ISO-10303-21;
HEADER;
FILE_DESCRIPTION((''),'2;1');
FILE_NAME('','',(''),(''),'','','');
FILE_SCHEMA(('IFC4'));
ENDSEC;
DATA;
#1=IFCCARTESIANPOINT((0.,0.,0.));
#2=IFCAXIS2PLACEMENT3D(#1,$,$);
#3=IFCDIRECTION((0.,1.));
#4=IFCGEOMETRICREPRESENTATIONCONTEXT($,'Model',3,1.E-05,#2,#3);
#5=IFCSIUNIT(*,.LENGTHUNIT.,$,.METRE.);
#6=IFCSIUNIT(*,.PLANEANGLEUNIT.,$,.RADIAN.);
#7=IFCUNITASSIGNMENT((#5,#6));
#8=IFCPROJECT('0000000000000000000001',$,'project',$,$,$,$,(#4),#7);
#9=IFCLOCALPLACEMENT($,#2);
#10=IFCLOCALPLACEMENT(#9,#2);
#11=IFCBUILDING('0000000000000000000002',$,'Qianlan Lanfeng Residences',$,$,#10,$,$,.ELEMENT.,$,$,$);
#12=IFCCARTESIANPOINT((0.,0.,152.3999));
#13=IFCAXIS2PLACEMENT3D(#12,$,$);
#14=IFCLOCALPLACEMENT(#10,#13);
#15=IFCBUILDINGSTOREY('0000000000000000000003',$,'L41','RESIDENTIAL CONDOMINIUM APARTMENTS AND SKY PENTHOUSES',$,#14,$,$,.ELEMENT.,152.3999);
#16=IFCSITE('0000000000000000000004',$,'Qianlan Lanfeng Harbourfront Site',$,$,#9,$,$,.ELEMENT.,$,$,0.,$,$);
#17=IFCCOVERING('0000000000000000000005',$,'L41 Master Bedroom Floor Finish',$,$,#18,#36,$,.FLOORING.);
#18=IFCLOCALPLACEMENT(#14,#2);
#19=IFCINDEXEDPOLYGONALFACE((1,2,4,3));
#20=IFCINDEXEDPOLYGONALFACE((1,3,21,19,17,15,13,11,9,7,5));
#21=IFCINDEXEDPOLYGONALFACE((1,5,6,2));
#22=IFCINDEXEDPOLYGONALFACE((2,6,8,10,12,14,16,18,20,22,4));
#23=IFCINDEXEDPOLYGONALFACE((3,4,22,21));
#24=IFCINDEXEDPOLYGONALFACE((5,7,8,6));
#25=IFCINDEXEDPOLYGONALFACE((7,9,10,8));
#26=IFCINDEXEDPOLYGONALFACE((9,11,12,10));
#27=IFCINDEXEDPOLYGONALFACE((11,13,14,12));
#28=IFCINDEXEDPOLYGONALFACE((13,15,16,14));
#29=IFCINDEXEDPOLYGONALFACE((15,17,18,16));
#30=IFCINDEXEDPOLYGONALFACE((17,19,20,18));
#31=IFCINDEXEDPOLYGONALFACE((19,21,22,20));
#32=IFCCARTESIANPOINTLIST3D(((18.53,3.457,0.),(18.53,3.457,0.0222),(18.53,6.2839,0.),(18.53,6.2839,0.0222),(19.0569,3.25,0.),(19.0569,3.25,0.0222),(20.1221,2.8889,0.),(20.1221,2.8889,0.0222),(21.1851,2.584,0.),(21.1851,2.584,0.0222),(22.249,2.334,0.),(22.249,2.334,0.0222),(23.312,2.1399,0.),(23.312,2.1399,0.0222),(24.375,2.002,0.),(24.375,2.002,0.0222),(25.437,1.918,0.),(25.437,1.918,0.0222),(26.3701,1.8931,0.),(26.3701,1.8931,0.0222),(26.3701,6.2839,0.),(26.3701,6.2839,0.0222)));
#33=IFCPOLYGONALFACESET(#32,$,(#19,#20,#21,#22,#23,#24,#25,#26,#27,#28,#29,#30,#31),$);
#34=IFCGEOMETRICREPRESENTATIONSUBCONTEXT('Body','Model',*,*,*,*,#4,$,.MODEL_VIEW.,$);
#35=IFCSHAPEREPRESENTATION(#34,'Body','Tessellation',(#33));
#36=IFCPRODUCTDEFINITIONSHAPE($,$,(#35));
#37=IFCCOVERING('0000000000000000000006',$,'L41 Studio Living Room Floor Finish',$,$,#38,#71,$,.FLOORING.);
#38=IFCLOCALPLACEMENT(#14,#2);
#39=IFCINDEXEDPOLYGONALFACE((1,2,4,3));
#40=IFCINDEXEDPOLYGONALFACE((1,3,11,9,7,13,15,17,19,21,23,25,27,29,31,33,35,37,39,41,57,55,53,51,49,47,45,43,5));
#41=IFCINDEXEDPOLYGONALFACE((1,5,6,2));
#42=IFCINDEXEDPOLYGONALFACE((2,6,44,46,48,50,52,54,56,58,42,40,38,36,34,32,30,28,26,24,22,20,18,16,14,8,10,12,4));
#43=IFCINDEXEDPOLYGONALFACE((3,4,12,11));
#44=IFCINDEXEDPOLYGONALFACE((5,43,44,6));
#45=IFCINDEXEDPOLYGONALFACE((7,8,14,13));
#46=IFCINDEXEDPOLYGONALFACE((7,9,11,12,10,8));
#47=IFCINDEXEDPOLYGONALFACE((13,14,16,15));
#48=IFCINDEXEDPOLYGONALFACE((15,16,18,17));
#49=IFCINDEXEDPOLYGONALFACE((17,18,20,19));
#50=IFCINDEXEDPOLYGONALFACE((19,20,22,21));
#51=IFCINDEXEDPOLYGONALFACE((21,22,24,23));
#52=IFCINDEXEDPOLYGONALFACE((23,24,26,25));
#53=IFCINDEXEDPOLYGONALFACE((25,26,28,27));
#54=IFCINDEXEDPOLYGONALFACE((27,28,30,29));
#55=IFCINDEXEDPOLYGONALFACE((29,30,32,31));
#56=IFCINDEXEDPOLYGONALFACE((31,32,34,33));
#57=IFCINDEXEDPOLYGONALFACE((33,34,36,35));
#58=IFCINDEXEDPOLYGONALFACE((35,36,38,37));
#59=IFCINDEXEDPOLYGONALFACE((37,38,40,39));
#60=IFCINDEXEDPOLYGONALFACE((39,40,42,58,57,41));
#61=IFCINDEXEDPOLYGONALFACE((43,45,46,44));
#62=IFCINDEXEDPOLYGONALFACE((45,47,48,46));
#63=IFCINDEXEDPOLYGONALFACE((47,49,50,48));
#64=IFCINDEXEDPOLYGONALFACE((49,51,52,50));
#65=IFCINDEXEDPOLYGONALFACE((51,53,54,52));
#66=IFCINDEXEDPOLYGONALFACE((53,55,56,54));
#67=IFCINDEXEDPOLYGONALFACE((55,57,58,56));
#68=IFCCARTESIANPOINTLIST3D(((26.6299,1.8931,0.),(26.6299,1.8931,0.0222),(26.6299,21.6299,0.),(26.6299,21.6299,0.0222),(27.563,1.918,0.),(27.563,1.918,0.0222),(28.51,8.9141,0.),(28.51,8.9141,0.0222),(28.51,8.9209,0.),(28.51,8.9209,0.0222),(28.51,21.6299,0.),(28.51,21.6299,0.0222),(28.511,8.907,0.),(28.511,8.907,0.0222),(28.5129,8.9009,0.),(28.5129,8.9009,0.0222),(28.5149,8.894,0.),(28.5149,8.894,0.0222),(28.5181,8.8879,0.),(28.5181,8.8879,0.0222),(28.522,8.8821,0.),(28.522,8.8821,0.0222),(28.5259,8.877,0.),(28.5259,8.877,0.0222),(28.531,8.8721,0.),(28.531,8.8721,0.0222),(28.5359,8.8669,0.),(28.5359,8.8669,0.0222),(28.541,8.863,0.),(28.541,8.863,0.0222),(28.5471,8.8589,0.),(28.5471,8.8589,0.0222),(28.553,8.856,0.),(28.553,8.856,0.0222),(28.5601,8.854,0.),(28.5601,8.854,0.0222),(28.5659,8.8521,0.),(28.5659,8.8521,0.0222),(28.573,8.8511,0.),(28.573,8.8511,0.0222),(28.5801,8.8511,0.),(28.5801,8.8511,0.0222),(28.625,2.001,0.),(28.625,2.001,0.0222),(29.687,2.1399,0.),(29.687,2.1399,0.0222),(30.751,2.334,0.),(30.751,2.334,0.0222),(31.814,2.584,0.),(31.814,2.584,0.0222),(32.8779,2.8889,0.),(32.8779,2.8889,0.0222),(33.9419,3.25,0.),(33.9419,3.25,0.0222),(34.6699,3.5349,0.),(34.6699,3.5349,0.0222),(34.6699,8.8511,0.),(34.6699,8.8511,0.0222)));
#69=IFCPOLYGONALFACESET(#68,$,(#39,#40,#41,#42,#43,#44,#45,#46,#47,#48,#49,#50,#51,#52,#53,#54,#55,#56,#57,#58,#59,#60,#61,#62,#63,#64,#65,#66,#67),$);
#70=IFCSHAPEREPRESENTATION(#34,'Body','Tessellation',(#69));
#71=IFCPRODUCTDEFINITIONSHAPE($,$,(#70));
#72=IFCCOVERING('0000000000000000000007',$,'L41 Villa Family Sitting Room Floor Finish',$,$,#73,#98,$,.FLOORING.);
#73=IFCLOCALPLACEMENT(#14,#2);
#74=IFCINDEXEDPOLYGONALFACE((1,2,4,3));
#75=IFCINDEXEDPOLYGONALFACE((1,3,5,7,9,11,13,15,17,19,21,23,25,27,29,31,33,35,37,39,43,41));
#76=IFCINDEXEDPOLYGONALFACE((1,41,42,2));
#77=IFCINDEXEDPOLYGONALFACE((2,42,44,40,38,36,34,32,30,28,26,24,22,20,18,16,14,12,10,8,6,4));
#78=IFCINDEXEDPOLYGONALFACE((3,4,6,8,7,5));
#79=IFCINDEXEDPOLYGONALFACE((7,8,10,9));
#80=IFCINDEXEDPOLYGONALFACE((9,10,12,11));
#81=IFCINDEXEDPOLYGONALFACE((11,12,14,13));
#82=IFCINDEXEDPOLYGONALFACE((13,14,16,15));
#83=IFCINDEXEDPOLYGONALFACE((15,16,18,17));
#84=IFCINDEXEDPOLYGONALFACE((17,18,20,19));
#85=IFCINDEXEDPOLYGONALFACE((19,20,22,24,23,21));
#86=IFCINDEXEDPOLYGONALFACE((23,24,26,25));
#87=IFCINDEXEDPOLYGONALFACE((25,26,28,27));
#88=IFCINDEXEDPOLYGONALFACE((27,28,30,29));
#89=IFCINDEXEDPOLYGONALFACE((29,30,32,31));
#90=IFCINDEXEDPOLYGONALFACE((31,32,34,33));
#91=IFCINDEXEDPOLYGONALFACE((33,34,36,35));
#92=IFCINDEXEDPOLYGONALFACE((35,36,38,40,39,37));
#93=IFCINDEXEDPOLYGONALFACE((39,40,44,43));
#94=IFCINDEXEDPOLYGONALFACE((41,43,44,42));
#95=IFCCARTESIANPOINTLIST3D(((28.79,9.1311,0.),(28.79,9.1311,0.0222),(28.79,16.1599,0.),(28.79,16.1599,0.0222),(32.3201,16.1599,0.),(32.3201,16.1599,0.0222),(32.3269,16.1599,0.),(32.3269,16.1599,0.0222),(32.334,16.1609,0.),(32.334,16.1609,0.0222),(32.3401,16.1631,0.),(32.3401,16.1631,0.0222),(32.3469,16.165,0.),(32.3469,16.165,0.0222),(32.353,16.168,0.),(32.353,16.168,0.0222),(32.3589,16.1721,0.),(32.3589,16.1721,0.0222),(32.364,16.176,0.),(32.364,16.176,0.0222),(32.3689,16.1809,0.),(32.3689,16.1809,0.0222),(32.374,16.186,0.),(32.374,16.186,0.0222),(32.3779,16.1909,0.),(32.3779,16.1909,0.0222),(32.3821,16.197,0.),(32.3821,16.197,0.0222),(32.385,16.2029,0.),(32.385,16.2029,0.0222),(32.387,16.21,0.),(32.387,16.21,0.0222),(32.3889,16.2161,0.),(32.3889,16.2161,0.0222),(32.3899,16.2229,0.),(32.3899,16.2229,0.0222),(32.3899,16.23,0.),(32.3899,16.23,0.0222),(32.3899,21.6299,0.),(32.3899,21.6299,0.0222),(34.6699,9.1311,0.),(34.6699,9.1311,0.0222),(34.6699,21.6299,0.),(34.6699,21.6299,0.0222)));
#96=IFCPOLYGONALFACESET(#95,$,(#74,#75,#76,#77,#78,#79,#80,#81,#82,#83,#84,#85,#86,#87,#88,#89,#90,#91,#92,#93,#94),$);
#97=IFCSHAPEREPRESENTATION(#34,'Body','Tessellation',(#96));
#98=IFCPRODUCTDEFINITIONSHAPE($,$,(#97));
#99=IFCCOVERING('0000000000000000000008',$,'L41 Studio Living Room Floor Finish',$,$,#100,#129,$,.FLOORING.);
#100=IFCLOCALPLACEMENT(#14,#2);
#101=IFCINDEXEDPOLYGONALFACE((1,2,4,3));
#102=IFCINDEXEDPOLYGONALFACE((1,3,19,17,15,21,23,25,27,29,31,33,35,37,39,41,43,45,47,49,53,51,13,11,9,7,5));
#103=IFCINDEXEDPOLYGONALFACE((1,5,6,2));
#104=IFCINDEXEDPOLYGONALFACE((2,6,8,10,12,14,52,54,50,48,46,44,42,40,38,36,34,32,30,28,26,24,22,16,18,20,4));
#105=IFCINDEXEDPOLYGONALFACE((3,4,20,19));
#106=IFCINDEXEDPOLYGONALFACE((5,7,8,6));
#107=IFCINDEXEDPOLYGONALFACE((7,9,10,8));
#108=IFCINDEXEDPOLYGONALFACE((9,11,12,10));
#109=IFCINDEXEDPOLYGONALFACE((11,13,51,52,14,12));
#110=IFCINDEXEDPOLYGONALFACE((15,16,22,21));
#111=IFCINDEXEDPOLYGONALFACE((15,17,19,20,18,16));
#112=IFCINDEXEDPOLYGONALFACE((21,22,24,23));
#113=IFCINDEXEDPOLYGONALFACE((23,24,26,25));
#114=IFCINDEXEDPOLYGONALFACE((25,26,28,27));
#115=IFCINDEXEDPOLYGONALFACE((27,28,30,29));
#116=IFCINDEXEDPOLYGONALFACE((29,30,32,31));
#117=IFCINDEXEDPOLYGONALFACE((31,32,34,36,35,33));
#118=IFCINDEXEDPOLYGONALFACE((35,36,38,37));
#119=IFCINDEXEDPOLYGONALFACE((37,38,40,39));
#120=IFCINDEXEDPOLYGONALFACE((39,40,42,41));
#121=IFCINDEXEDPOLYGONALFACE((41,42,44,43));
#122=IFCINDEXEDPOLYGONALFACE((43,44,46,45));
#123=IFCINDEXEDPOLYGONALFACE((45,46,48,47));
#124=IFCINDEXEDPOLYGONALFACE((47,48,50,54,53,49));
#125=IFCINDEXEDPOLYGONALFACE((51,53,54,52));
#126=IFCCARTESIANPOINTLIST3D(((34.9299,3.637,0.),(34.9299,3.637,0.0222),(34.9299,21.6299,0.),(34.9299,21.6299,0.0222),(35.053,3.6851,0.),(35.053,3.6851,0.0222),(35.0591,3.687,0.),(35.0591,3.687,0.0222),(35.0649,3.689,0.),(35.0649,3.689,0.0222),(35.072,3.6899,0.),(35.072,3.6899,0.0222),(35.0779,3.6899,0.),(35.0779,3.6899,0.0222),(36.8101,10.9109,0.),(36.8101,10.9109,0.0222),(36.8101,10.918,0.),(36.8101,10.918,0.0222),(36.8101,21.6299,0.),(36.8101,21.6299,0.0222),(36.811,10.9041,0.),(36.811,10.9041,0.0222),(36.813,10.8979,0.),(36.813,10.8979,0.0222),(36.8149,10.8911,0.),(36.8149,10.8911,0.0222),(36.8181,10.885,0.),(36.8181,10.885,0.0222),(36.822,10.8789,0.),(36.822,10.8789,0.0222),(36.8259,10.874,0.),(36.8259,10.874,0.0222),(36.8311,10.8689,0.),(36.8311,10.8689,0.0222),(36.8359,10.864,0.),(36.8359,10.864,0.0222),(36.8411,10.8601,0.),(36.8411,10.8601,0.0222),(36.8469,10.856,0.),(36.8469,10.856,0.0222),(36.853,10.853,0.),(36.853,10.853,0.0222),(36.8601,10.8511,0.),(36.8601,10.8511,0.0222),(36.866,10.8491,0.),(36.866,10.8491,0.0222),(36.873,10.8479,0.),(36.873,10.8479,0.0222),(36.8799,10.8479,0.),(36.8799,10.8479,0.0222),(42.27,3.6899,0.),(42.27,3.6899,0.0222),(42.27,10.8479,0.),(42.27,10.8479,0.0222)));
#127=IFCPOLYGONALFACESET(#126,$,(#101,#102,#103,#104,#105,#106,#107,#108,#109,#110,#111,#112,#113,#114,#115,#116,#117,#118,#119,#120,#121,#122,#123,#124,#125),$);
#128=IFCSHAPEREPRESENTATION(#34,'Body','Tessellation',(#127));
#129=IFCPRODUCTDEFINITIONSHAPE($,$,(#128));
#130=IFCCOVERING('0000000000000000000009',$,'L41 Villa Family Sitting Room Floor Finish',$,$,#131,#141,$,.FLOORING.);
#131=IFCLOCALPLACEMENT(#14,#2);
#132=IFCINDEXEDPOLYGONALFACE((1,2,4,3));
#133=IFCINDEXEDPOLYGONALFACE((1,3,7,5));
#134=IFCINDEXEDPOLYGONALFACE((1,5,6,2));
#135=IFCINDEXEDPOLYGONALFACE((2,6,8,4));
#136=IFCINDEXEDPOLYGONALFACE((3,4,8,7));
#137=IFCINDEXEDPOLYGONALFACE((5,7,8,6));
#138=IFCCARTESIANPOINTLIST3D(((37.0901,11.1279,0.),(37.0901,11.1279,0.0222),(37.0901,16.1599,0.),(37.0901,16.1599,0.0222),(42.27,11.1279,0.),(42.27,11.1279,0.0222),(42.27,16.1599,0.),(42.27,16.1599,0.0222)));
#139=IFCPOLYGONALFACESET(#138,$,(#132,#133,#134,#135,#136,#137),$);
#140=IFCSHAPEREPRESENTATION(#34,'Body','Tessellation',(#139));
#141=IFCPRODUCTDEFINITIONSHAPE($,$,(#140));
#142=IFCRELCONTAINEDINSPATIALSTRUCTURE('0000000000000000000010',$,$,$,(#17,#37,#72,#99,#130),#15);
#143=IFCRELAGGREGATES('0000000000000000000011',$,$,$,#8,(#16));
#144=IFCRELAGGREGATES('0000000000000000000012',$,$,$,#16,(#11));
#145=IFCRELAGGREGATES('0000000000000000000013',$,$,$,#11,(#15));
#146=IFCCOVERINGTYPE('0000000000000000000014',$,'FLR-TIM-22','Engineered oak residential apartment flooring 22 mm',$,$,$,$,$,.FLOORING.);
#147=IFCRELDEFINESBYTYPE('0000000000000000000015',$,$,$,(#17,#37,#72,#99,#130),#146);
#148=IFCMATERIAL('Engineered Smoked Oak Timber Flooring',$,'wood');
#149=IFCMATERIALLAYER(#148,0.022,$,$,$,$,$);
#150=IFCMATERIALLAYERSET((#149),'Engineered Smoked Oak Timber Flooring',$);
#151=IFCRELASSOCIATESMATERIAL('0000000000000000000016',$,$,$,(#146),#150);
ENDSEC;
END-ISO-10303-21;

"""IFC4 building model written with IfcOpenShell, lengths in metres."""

from ifc_helpers import new_model, si_unit, direction, frame, origin, place, context, subcontext, project, spatial, polyline, outline, extrude, material, layer, layer_set, type_object, element, save


model = new_model("IFC4")

# Units and contexts
model_context = context("Model", 3, precision=1e-05, world=origin(), true_north=direction((0.0, 1.0)))
body_context = subcontext(model_context, "Body", "Model", "MODEL_VIEW")
ifc_project = project(units=[si_unit("LENGTHUNIT", "METRE"), si_unit("PLANEANGLEUNIT", "RADIAN")], contexts=[model_context])

# Site, building, storey
site_placement = place(None, origin())
site = spatial("IfcSite", under=ifc_project, at=site_placement, Name="Qianlan Lanfeng Harbourfront Site", CompositionType="ELEMENT", RefElevation=0.0)
building_placement = place(site_placement, origin())
building = spatial("IfcBuilding", under=site, at=building_placement, Name="Qianlan Lanfeng Residences", CompositionType="ELEMENT")
storey_placement = place(building_placement, frame((0.0, 0.0, 152.3999)))
storey = spatial("IfcBuildingStorey", under=building, at=storey_placement, Name="L41", Description="RESIDENTIAL CONDOMINIUM APARTMENTS AND SKY PENTHOUSES", CompositionType="ELEMENT", Elevation=152.3999)

# Coverings
ifc_material_1 = material(Name="Engineered Smoked Oak Timber Flooring", Category="wood")
ifc_layer_1 = layer(ifc_material_1, 0.022)
ifc_layer_set_1 = layer_set([ifc_layer_1], Name="Engineered Smoked Oak Timber Flooring")
covering_type_1 = type_object("IfcCoveringType", Name="FLR-TIM-22", Description="Engineered oak residential apartment flooring 22 mm", PredefinedType="FLOORING", material=ifc_layer_set_1)
covering_1_placement = place(storey_placement, origin())
element("IfcCovering", 1, at=covering_1_placement, inside=storey, type_object=covering_type_1, Name="L41 Master Bedroom Floor Finish", PredefinedType="FLOORING", context=body_context, shape_type="SweptSolid", body=[
    extrude(outline(polyline([(18.53, 6.2839), (18.53, 3.457), (19.0569, 3.25), (20.1221, 2.8889), (21.1851, 2.584), (22.249, 2.334), (23.312, 2.1399), (24.375, 2.002), (25.437, 1.918), (26.3701, 1.8931), (26.3701, 6.2839), (18.53, 6.2839)])), origin(), (0.0, 0.0, 1.0), 0.0222),
])
covering_2_placement = place(storey_placement, origin())
element("IfcCovering", 2, at=covering_2_placement, inside=storey, type_object=covering_type_1, Name="L41 Studio Living Room Floor Finish", PredefinedType="FLOORING", context=body_context, shape_type="SweptSolid", body=[
    extrude(outline(polyline([(34.6699, 3.5349), (34.6699, 8.8511), (28.5801, 8.8511), (28.573, 8.8511), (28.5659, 8.8521), (28.5601, 8.854), (28.553, 8.856), (28.5471, 8.8589), (28.541, 8.863), (28.5359, 8.8669), (28.531, 8.8721), (28.5259, 8.877), (28.522, 8.8821), (28.5181, 8.8879), (28.5149, 8.894), (28.5129, 8.9009), (28.511, 8.907), (28.51, 8.9141), (28.51, 8.9209), (28.51, 21.6299), (26.6299, 21.6299), (26.6299, 1.8931), (27.563, 1.918), (28.625, 2.001), (29.687, 2.1399), (30.751, 2.334), (31.814, 2.584), (32.8779, 2.8889), (33.9419, 3.25), (34.6699, 3.5349)])), origin(), (0.0, 0.0, 1.0), 0.0222),
])
covering_3_placement = place(storey_placement, origin())
element("IfcCovering", 3, at=covering_3_placement, inside=storey, type_object=covering_type_1, Name="L41 Villa Family Sitting Room Floor Finish", PredefinedType="FLOORING", context=body_context, shape_type="SweptSolid", body=[
    extrude(outline(polyline([(28.79, 9.1311), (34.6699, 9.1311), (34.6699, 21.6299), (32.3899, 21.6299), (32.3899, 16.23), (32.3899, 16.2229), (32.3889, 16.2161), (32.387, 16.21), (32.385, 16.2029), (32.3821, 16.197), (32.3779, 16.1909), (32.374, 16.186), (32.3689, 16.1809), (32.364, 16.176), (32.3589, 16.1721), (32.353, 16.168), (32.3469, 16.165), (32.3401, 16.1631), (32.334, 16.1609), (32.3269, 16.1599), (32.3201, 16.1599), (28.79, 16.1599), (28.79, 9.1311)])), origin(), (0.0, 0.0, 1.0), 0.0222),
])
covering_4_placement = place(storey_placement, origin())
element("IfcCovering", 4, at=covering_4_placement, inside=storey, type_object=covering_type_1, Name="L41 Studio Living Room Floor Finish", PredefinedType="FLOORING", context=body_context, shape_type="SweptSolid", body=[
    extrude(outline(polyline([(42.27, 3.6899), (42.27, 10.8479), (36.8799, 10.8479), (36.873, 10.8479), (36.866, 10.8491), (36.8601, 10.8511), (36.853, 10.853), (36.8469, 10.856), (36.8411, 10.8601), (36.8359, 10.864), (36.8311, 10.8689), (36.8259, 10.874), (36.822, 10.8789), (36.8181, 10.885), (36.8149, 10.8911), (36.813, 10.8979), (36.811, 10.9041), (36.8101, 10.9109), (36.8101, 10.918), (36.8101, 21.6299), (34.9299, 21.6299), (34.9299, 3.637), (35.053, 3.6851), (35.0591, 3.687), (35.0649, 3.689), (35.072, 3.6899), (35.0779, 3.6899), (42.27, 3.6899)])), origin(), (0.0, 0.0, 1.0), 0.0222),
])
covering_5_placement = place(storey_placement, origin())
element("IfcCovering", 5, at=covering_5_placement, inside=storey, type_object=covering_type_1, Name="L41 Villa Family Sitting Room Floor Finish", PredefinedType="FLOORING", context=body_context, shape_type="SweptSolid", body=[
    extrude(outline(polyline([(37.0901, 16.1599), (37.0901, 11.1279), (42.27, 11.1279), (42.27, 16.1599), (37.0901, 16.1599)])), origin(), (0.0, 0.0, 1.0), 0.0222),
])

save(model, "model.ifc")
